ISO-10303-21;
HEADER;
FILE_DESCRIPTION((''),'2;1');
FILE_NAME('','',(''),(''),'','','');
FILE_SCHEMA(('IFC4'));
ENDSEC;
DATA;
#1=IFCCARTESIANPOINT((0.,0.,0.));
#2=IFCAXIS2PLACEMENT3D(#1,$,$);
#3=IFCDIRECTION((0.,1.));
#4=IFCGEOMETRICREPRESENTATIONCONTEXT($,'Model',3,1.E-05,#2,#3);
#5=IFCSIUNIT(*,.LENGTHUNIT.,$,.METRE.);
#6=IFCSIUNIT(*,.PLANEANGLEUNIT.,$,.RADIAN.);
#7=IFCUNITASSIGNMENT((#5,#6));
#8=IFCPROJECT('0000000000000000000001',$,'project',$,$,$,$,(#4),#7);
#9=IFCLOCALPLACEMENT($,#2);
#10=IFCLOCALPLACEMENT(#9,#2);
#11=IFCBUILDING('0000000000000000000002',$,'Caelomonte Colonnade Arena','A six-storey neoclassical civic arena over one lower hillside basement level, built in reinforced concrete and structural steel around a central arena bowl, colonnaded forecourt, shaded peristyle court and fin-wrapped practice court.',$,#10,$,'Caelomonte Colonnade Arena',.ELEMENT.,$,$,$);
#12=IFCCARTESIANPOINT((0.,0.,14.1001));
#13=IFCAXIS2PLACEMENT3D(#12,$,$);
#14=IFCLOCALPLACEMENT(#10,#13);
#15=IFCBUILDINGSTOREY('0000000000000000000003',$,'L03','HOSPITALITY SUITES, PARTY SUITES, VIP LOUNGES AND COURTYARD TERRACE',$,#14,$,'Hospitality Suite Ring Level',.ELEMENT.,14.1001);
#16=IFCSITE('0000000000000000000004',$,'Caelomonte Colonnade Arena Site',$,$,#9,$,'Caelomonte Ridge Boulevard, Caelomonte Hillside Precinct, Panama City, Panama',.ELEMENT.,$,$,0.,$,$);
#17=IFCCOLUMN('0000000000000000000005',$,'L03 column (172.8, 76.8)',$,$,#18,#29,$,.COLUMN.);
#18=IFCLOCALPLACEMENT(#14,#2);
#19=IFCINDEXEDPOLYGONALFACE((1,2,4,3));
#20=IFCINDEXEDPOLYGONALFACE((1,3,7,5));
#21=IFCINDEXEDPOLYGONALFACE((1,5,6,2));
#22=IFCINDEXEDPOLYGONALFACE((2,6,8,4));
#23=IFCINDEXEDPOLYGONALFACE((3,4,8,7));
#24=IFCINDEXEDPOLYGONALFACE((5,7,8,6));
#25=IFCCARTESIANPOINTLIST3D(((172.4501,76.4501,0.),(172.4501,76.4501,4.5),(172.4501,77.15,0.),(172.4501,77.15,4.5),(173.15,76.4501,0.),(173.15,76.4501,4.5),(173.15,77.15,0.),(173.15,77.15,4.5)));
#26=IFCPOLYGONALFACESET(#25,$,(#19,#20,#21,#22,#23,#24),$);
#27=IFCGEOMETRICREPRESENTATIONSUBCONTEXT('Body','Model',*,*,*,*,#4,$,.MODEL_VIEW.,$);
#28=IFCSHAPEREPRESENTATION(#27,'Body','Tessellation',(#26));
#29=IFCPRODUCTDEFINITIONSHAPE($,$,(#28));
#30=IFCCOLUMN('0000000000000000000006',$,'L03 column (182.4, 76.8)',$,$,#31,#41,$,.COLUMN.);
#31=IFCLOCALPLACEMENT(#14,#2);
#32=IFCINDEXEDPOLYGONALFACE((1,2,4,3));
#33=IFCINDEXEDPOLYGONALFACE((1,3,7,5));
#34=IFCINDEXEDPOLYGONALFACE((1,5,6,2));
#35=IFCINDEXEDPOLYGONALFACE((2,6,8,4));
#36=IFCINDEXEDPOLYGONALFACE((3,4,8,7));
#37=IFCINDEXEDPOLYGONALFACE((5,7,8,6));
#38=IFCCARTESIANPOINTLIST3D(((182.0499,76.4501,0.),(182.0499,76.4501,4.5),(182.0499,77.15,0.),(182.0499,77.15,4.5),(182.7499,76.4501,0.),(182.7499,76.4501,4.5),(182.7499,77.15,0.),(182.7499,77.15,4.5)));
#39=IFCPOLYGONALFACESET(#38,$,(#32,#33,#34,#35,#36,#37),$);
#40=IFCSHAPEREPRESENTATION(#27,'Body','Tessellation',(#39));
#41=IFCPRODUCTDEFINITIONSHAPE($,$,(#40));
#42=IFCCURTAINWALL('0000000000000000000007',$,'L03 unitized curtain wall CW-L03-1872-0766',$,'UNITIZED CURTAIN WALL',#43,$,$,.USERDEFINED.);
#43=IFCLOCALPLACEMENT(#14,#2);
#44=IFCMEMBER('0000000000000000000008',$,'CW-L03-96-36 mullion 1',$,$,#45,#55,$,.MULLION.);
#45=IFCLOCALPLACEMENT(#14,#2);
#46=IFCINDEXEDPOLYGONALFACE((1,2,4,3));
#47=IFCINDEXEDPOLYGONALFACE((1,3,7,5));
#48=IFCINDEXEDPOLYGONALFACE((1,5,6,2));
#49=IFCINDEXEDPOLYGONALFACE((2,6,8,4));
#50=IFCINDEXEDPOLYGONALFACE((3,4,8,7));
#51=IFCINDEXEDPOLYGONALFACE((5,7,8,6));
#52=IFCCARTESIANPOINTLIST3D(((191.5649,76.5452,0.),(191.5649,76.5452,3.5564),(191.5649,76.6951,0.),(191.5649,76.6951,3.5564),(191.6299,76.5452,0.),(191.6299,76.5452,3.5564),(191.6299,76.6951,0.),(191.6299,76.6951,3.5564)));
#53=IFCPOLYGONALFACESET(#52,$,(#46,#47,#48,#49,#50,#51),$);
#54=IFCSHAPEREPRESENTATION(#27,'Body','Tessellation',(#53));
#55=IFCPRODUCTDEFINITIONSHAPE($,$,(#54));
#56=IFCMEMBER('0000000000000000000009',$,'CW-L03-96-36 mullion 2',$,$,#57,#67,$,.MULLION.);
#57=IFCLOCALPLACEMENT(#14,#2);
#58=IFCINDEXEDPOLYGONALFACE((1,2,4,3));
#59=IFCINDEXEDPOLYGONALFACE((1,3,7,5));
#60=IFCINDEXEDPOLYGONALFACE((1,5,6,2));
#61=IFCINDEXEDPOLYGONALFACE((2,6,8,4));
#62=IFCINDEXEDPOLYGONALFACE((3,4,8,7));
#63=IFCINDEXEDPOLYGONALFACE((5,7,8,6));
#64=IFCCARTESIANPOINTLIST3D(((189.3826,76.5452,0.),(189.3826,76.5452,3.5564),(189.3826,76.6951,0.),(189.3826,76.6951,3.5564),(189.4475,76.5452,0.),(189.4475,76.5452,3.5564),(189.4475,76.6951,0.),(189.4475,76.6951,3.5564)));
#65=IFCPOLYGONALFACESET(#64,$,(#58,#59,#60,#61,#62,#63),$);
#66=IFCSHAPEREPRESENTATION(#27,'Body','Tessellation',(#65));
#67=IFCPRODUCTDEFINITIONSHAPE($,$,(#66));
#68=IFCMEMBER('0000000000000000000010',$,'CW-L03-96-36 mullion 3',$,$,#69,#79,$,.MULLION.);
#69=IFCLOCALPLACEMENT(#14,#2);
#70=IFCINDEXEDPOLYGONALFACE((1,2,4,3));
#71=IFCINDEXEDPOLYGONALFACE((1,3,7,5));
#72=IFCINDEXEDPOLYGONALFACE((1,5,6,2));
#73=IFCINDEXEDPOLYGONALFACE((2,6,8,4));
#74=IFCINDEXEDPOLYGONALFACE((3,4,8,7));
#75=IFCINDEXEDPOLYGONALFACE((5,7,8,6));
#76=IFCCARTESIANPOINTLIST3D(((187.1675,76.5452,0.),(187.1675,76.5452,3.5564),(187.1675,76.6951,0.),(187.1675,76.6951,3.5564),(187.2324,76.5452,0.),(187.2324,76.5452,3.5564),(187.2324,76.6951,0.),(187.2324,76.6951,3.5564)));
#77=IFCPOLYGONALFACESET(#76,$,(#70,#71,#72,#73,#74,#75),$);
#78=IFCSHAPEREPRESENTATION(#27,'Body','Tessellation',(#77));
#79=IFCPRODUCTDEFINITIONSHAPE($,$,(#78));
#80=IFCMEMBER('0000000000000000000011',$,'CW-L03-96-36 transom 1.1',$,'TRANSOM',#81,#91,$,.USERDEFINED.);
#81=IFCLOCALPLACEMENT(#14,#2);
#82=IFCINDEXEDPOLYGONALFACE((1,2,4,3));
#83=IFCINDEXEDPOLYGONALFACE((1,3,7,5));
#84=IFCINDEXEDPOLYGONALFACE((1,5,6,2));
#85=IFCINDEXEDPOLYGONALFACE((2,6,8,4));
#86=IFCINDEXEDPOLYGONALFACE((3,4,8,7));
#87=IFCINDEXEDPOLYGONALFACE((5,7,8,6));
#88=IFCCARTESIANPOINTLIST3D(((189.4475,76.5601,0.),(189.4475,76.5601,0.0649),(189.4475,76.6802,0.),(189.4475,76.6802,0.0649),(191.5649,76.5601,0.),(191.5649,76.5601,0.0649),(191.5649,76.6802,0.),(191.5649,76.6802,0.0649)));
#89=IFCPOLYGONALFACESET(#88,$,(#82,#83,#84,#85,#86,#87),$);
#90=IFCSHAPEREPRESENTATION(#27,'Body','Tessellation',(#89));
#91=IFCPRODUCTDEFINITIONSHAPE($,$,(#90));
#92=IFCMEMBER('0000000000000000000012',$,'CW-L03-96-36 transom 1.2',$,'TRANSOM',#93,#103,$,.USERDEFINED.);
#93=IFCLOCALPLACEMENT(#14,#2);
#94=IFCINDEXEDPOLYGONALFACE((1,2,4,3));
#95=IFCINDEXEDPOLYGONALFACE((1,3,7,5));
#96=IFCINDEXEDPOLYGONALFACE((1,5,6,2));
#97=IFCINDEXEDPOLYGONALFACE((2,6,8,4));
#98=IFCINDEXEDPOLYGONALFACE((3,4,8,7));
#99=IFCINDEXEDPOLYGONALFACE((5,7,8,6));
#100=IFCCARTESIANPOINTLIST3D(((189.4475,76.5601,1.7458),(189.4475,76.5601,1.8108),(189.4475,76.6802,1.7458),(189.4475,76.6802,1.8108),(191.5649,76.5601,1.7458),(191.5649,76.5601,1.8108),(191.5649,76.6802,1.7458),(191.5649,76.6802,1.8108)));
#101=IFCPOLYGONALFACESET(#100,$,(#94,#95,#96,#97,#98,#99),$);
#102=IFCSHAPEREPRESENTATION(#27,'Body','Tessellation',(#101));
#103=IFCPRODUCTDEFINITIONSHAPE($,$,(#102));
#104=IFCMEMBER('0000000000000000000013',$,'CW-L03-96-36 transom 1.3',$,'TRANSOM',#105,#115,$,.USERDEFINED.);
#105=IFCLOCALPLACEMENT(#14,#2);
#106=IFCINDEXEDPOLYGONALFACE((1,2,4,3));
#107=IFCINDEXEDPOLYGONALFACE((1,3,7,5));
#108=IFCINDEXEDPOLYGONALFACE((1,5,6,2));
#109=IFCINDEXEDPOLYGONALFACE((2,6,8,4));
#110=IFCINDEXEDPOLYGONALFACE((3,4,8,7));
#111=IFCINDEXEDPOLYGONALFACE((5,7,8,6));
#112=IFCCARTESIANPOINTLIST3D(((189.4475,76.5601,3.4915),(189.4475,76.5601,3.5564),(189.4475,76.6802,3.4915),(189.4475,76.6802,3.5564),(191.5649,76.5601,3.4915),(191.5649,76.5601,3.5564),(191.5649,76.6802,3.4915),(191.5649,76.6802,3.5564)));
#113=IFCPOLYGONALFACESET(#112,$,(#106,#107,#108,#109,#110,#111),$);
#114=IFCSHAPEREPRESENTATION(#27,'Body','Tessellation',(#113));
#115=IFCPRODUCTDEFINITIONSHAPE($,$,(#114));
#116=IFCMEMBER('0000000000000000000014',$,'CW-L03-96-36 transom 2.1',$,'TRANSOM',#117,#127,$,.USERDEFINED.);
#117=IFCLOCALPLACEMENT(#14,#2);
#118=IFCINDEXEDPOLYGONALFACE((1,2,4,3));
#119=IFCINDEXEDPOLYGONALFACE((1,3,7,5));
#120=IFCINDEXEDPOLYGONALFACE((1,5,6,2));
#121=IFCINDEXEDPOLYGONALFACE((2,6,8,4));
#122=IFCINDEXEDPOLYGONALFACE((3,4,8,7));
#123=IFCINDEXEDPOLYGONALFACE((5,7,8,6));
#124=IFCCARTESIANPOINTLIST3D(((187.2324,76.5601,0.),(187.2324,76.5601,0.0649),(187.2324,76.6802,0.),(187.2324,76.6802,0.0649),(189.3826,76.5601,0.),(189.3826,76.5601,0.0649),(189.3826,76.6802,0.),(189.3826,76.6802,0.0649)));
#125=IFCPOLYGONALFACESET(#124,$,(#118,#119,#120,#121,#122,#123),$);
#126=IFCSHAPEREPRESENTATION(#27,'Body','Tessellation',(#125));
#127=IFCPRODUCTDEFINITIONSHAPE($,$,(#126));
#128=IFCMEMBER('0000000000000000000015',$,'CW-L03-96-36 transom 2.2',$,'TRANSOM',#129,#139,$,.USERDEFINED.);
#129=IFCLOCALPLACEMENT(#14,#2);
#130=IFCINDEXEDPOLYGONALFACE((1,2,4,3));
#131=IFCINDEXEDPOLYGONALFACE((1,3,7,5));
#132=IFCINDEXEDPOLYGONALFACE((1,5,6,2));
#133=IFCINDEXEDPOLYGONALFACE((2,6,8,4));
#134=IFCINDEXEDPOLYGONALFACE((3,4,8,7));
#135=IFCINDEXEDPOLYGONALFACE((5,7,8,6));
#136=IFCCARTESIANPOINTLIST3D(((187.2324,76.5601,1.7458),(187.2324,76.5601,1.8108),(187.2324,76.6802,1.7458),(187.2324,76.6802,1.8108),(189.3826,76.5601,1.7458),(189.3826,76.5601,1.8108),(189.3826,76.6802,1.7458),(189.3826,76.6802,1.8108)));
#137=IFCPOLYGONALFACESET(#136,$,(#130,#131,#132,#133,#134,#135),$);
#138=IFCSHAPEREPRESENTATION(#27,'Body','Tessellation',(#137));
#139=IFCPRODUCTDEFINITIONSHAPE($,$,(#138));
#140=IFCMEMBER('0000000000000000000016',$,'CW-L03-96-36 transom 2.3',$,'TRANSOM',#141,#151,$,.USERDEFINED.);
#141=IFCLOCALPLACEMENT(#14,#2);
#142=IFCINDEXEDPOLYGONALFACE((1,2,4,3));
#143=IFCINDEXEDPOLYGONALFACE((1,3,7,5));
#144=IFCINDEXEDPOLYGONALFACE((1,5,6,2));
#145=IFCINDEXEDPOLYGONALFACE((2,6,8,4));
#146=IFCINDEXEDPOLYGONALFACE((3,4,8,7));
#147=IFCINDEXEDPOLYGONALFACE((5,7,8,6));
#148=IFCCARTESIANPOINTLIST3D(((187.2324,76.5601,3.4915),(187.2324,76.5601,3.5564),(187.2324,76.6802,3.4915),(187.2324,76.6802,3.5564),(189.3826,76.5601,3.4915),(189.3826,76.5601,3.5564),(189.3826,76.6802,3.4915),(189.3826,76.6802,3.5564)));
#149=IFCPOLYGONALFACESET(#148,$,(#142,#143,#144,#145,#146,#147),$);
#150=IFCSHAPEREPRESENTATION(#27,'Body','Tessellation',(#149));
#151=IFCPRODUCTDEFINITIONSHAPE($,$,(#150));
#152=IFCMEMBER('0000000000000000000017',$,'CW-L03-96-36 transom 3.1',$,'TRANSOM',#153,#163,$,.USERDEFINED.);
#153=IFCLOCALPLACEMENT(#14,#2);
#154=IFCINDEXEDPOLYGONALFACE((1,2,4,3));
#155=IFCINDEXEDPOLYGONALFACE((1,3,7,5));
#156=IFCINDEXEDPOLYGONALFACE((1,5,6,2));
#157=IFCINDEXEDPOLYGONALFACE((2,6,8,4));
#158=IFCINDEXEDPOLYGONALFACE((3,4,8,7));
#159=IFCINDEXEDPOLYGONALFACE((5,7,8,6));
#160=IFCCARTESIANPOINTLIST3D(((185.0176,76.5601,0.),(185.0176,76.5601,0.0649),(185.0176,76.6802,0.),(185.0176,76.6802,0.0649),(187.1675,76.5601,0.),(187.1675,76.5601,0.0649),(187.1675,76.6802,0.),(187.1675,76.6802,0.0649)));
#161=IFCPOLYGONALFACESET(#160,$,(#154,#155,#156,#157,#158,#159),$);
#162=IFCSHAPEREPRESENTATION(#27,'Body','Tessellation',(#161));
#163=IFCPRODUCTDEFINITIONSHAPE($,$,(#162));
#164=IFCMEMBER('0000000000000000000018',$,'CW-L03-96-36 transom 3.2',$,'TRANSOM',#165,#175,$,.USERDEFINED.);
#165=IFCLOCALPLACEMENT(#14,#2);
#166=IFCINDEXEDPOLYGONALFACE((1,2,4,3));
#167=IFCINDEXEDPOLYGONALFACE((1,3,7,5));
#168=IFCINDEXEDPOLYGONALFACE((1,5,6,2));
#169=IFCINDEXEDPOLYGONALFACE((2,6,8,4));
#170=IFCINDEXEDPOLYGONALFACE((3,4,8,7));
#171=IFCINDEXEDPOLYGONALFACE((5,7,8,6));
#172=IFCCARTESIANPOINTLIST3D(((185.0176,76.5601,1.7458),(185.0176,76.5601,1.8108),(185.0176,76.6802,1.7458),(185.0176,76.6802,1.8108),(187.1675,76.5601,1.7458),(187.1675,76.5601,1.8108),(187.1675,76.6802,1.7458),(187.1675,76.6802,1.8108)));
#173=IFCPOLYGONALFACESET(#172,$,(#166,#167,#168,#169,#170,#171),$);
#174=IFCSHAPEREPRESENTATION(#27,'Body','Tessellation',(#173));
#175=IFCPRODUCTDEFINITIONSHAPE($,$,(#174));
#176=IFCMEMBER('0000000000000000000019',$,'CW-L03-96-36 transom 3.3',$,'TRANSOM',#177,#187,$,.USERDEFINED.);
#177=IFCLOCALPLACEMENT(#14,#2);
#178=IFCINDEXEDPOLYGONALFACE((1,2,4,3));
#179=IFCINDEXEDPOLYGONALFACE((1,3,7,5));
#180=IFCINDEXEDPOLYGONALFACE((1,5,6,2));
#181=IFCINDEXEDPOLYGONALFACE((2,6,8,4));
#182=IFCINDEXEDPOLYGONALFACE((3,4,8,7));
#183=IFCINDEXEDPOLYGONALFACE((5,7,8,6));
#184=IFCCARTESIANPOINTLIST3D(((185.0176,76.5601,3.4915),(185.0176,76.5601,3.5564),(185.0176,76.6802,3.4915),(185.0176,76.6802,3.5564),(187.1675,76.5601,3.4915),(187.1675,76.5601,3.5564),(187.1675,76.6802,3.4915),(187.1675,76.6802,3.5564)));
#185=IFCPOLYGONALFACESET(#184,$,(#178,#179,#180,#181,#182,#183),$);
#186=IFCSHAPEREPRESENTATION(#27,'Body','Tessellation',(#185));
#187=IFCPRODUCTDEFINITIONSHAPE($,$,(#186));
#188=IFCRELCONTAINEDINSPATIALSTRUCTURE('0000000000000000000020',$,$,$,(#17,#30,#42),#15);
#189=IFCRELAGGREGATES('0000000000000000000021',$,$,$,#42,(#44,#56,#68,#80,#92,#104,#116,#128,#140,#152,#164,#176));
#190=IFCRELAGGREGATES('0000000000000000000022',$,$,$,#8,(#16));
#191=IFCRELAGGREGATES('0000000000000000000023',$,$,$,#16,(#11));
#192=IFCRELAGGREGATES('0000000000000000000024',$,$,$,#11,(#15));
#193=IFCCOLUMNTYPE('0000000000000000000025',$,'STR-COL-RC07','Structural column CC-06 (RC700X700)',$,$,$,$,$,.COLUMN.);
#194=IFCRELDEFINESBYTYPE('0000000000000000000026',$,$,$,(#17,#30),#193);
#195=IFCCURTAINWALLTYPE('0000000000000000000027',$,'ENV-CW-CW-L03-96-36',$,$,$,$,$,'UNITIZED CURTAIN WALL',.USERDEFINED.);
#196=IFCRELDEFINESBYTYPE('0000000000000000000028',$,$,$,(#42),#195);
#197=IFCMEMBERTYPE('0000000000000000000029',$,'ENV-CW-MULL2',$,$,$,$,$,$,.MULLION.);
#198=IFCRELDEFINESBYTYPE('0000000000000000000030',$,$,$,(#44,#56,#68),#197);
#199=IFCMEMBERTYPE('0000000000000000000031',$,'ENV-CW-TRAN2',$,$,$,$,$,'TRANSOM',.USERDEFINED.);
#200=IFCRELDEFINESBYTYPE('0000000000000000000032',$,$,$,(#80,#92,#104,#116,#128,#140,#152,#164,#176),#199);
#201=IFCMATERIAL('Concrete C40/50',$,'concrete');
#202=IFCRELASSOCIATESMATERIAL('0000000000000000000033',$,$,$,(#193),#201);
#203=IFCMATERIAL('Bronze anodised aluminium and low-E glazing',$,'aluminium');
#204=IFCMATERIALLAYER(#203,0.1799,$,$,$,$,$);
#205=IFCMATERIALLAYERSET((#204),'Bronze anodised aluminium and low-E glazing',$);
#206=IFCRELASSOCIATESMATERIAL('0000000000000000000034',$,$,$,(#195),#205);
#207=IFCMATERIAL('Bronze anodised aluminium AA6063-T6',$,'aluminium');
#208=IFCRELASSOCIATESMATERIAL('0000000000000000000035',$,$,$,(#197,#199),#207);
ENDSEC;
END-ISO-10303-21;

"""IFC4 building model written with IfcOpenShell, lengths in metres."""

from ifc_helpers import new_model, si_unit, direction, frame, origin, origin_2d, place, context, subcontext, project, spatial, rectangle, extrude, material, layer, layer_set, material_profile, profile_set, type_object, element, aggregate, save


model = new_model("IFC4")

# Units and contexts
model_context = context("Model", 3, precision=1e-05, world=origin(), true_north=direction((0.0, 1.0)))
body_context = subcontext(model_context, "Body", "Model", "MODEL_VIEW")
ifc_project = project(units=[si_unit("LENGTHUNIT", "METRE"), si_unit("PLANEANGLEUNIT", "RADIAN")], contexts=[model_context])

# Site, building, storey
site_placement = place(None, origin())
site = spatial("IfcSite", under=ifc_project, at=site_placement, Name="Caelomonte Colonnade Arena Site", LongName="Caelomonte Ridge Boulevard, Caelomonte Hillside Precinct, Panama City, Panama", CompositionType="ELEMENT", RefElevation=0.0)
building_placement = place(site_placement, origin())
building = spatial("IfcBuilding", under=site, at=building_placement, Name="Caelomonte Colonnade Arena", Description="A six-storey neoclassical civic arena over one lower hillside basement level, built in reinforced concrete and structural steel around a central arena bowl, colonnaded forecourt, shaded peristyle court and fin-wrapped practice court.", LongName="Caelomonte Colonnade Arena", CompositionType="ELEMENT")
storey_placement = place(building_placement, frame((0.0, 0.0, 14.1001)))
storey = spatial("IfcBuildingStorey", under=building, at=storey_placement, Name="L03", Description="HOSPITALITY SUITES, PARTY SUITES, VIP LOUNGES AND COURTYARD TERRACE", LongName="Hospitality Suite Ring Level", CompositionType="ELEMENT", Elevation=14.1001)

# Columns
ifc_material_1 = material(Name="Concrete C40/50", Category="concrete")
ifc_material_profile_1 = material_profile(ifc_material_1, rectangle(XDim=0.7, YDim=0.7, at=origin_2d()), Name="RC700X700")
ifc_profile_set_1 = profile_set([ifc_material_profile_1], Name="Concrete C40/50")
column_type = type_object("IfcColumnType", Name="STR-COL-RC07", Description="Structural column CC-06 (RC700X700)", PredefinedType="COLUMN", material=ifc_profile_set_1)
for number, where, z_axis, x_axis, name in (
    (1, (172.8, 76.8, 0.0), (0.0, 0.0, 1.0), (1.0, 0.0, 0.0), "L03 column (172.8, 76.8)"),
    (2, (182.3999, 76.8, 0.0), (0.0, 0.0, 1.0), (1.0, 0.0, 0.0), "L03 column (182.4, 76.8)"),
):
    element("IfcColumn", number, at=place(storey_placement, frame(where, z_axis=z_axis, x_axis=x_axis)), inside=storey, type_object=column_type, Name=name, PredefinedType="COLUMN", context=body_context, shape_type="SweptSolid", body=[
        extrude(rectangle(XDim=0.7, YDim=0.7, at=origin_2d()), origin(), (0.0, 0.0, 1.0), 4.5),
    ])

# Curtain wall, members
ifc_material_2 = material(Name="Bronze anodised aluminium and low-E glazing", Category="aluminium")
ifc_layer_1 = layer(ifc_material_2, 0.1799)
ifc_layer_set_1 = layer_set([ifc_layer_1], Name="Bronze anodised aluminium and low-E glazing")
curtain_wall_type = type_object("IfcCurtainWallType", Name="ENV-CW-CW-L03-96-36", ElementType="UNITIZED CURTAIN WALL", PredefinedType="USERDEFINED", material=ifc_layer_set_1)
curtain_wall_placement = place(storey_placement, origin())
curtain_wall = element("IfcCurtainWall", 3, at=curtain_wall_placement, inside=storey, type_object=curtain_wall_type, Name="L03 unitized curtain wall CW-L03-1872-0766", ObjectType="UNITIZED CURTAIN WALL", PredefinedType="USERDEFINED")
ifc_material_3 = material(Name="Bronze anodised aluminium AA6063-T6", Category="aluminium")
ifc_material_profile_2 = material_profile(ifc_material_3, rectangle(XDim=0.0649, YDim=0.1499, at=origin_2d()), Name="CWM-65X150")
ifc_profile_set_2 = profile_set([ifc_material_profile_2], Name="Bronze anodised aluminium AA6063-T6")
member_type_1 = type_object("IfcMemberType", Name="ENV-CW-MULL2", PredefinedType="MULLION", material=ifc_profile_set_2)
member_1_placement = place(storey_placement, frame((191.5974, 76.6201, 0.0), z_axis=(0.0, 0.0, 1.0), x_axis=(-1.0, 0.0, 0.0)))
member_1 = element("IfcMember", 4, at=member_1_placement, type_object=member_type_1, Name="CW-L03-96-36 mullion 1", PredefinedType="MULLION", context=body_context, shape_type="SweptSolid", body=[
    extrude(rectangle(XDim=0.0649, YDim=0.1499, at=origin_2d()), origin(), (0.0, 0.0, 1.0), 3.5564),
])
member_2_placement = place(storey_placement, frame((189.415, 76.6201, 0.0), z_axis=(0.0, 0.0, 1.0), x_axis=(-1.0, 0.0, 0.0)))
member_2 = element("IfcMember", 5, at=member_2_placement, type_object=member_type_1, Name="CW-L03-96-36 mullion 2", PredefinedType="MULLION", context=body_context, shape_type="SweptSolid", body=[
    extrude(rectangle(XDim=0.0649, YDim=0.1499, at=origin_2d()), origin(), (0.0, 0.0, 1.0), 3.5564),
])
member_3_placement = place(storey_placement, frame((187.2, 76.6201, 0.0), z_axis=(0.0, 0.0, 1.0), x_axis=(-1.0, 0.0, 0.0)))
member_3 = element("IfcMember", 6, at=member_3_placement, type_object=member_type_1, Name="CW-L03-96-36 mullion 3", PredefinedType="MULLION", context=body_context, shape_type="SweptSolid", body=[
    extrude(rectangle(XDim=0.0649, YDim=0.1499, at=origin_2d()), origin(), (0.0, 0.0, 1.0), 3.5564),
])
ifc_material_profile_3 = material_profile(ifc_material_3, rectangle(XDim=0.0649, YDim=0.1201, at=origin_2d()), Name="CWT-65X120")
ifc_profile_set_3 = profile_set([ifc_material_profile_3], Name="Bronze anodised aluminium AA6063-T6")
member_type_2 = type_object("IfcMemberType", Name="ENV-CW-TRAN2", ElementType="TRANSOM", PredefinedType="USERDEFINED", material=ifc_profile_set_3)
member_4_placement = place(storey_placement, frame((191.5649, 76.6201, 0.0325), z_axis=(-1.0, 0.0, 0.0), x_axis=(0.0, 0.0, 1.0)))
member_4 = element("IfcMember", 7, at=member_4_placement, type_object=member_type_2, Name="CW-L03-96-36 transom 1.1", ObjectType="TRANSOM", PredefinedType="USERDEFINED", context=body_context, shape_type="SweptSolid", body=[
    extrude(rectangle(XDim=0.0649, YDim=0.1201, at=origin_2d()), origin(), (0.0, 0.0, 1.0), 2.1174),
])
member_5_placement = place(storey_placement, frame((191.5649, 76.6201, 1.7783), z_axis=(-1.0, 0.0, 0.0), x_axis=(0.0, 0.0, 1.0)))
member_5 = element("IfcMember", 8, at=member_5_placement, type_object=member_type_2, Name="CW-L03-96-36 transom 1.2", ObjectType="TRANSOM", PredefinedType="USERDEFINED", context=body_context, shape_type="SweptSolid", body=[
    extrude(rectangle(XDim=0.0649, YDim=0.1201, at=origin_2d()), origin(), (0.0, 0.0, 1.0), 2.1174),
])
member_6_placement = place(storey_placement, frame((191.5649, 76.6201, 3.5239), z_axis=(-1.0, 0.0, 0.0), x_axis=(0.0, 0.0, 1.0)))
member_6 = element("IfcMember", 9, at=member_6_placement, type_object=member_type_2, Name="CW-L03-96-36 transom 1.3", ObjectType="TRANSOM", PredefinedType="USERDEFINED", context=body_context, shape_type="SweptSolid", body=[
    extrude(rectangle(XDim=0.0649, YDim=0.1201, at=origin_2d()), origin(), (0.0, 0.0, 1.0), 2.1174),
])
member_7_placement = place(storey_placement, frame((189.3826, 76.6201, 0.0325), z_axis=(-1.0, 0.0, 0.0), x_axis=(0.0, 0.0, 1.0)))
member_7 = element("IfcMember", 10, at=member_7_placement, type_object=member_type_2, Name="CW-L03-96-36 transom 2.1", ObjectType="TRANSOM", PredefinedType="USERDEFINED", context=body_context, shape_type="SweptSolid", body=[
    extrude(rectangle(XDim=0.0649, YDim=0.1201, at=origin_2d()), origin(), (0.0, 0.0, 1.0), 2.1501),
])
member_8_placement = place(storey_placement, frame((189.3826, 76.6201, 1.7783), z_axis=(-1.0, 0.0, 0.0), x_axis=(0.0, 0.0, 1.0)))
member_8 = element("IfcMember", 11, at=member_8_placement, type_object=member_type_2, Name="CW-L03-96-36 transom 2.2", ObjectType="TRANSOM", PredefinedType="USERDEFINED", context=body_context, shape_type="SweptSolid", body=[
    extrude(rectangle(XDim=0.0649, YDim=0.1201, at=origin_2d()), origin(), (0.0, 0.0, 1.0), 2.1501),
])
member_9_placement = place(storey_placement, frame((189.3826, 76.6201, 3.5239), z_axis=(-1.0, 0.0, 0.0), x_axis=(0.0, 0.0, 1.0)))
member_9 = element("IfcMember", 12, at=member_9_placement, type_object=member_type_2, Name="CW-L03-96-36 transom 2.3", ObjectType="TRANSOM", PredefinedType="USERDEFINED", context=body_context, shape_type="SweptSolid", body=[
    extrude(rectangle(XDim=0.0649, YDim=0.1201, at=origin_2d()), origin(), (0.0, 0.0, 1.0), 2.1501),
])
member_10_placement = place(storey_placement, frame((187.1675, 76.6201, 0.0325), z_axis=(-1.0, 0.0, 0.0), x_axis=(0.0, 0.0, 1.0)))
member_10 = element("IfcMember", 13, at=member_10_placement, type_object=member_type_2, Name="CW-L03-96-36 transom 3.1", ObjectType="TRANSOM", PredefinedType="USERDEFINED", context=body_context, shape_type="SweptSolid", body=[
    extrude(rectangle(XDim=0.0649, YDim=0.1201, at=origin_2d()), origin(), (0.0, 0.0, 1.0), 2.1499),
])
member_11_placement = place(storey_placement, frame((187.1675, 76.6201, 1.7783), z_axis=(-1.0, 0.0, 0.0), x_axis=(0.0, 0.0, 1.0)))
member_11 = element("IfcMember", 14, at=member_11_placement, type_object=member_type_2, Name="CW-L03-96-36 transom 3.2", ObjectType="TRANSOM", PredefinedType="USERDEFINED", context=body_context, shape_type="SweptSolid", body=[
    extrude(rectangle(XDim=0.0649, YDim=0.1201, at=origin_2d()), origin(), (0.0, 0.0, 1.0), 2.1499),
])
member_12_placement = place(storey_placement, frame((187.1675, 76.6201, 3.5239), z_axis=(-1.0, 0.0, 0.0), x_axis=(0.0, 0.0, 1.0)))
member_12 = element("IfcMember", 15, at=member_12_placement, type_object=member_type_2, Name="CW-L03-96-36 transom 3.3", ObjectType="TRANSOM", PredefinedType="USERDEFINED", context=body_context, shape_type="SweptSolid", body=[
    extrude(rectangle(XDim=0.0649, YDim=0.1201, at=origin_2d()), origin(), (0.0, 0.0, 1.0), 2.1499),
])

aggregate(curtain_wall, [member_1, member_2, member_3, member_4, member_5, member_6, member_7, member_8, member_9, member_10, member_11, member_12])

save(model, "model.ifc")
